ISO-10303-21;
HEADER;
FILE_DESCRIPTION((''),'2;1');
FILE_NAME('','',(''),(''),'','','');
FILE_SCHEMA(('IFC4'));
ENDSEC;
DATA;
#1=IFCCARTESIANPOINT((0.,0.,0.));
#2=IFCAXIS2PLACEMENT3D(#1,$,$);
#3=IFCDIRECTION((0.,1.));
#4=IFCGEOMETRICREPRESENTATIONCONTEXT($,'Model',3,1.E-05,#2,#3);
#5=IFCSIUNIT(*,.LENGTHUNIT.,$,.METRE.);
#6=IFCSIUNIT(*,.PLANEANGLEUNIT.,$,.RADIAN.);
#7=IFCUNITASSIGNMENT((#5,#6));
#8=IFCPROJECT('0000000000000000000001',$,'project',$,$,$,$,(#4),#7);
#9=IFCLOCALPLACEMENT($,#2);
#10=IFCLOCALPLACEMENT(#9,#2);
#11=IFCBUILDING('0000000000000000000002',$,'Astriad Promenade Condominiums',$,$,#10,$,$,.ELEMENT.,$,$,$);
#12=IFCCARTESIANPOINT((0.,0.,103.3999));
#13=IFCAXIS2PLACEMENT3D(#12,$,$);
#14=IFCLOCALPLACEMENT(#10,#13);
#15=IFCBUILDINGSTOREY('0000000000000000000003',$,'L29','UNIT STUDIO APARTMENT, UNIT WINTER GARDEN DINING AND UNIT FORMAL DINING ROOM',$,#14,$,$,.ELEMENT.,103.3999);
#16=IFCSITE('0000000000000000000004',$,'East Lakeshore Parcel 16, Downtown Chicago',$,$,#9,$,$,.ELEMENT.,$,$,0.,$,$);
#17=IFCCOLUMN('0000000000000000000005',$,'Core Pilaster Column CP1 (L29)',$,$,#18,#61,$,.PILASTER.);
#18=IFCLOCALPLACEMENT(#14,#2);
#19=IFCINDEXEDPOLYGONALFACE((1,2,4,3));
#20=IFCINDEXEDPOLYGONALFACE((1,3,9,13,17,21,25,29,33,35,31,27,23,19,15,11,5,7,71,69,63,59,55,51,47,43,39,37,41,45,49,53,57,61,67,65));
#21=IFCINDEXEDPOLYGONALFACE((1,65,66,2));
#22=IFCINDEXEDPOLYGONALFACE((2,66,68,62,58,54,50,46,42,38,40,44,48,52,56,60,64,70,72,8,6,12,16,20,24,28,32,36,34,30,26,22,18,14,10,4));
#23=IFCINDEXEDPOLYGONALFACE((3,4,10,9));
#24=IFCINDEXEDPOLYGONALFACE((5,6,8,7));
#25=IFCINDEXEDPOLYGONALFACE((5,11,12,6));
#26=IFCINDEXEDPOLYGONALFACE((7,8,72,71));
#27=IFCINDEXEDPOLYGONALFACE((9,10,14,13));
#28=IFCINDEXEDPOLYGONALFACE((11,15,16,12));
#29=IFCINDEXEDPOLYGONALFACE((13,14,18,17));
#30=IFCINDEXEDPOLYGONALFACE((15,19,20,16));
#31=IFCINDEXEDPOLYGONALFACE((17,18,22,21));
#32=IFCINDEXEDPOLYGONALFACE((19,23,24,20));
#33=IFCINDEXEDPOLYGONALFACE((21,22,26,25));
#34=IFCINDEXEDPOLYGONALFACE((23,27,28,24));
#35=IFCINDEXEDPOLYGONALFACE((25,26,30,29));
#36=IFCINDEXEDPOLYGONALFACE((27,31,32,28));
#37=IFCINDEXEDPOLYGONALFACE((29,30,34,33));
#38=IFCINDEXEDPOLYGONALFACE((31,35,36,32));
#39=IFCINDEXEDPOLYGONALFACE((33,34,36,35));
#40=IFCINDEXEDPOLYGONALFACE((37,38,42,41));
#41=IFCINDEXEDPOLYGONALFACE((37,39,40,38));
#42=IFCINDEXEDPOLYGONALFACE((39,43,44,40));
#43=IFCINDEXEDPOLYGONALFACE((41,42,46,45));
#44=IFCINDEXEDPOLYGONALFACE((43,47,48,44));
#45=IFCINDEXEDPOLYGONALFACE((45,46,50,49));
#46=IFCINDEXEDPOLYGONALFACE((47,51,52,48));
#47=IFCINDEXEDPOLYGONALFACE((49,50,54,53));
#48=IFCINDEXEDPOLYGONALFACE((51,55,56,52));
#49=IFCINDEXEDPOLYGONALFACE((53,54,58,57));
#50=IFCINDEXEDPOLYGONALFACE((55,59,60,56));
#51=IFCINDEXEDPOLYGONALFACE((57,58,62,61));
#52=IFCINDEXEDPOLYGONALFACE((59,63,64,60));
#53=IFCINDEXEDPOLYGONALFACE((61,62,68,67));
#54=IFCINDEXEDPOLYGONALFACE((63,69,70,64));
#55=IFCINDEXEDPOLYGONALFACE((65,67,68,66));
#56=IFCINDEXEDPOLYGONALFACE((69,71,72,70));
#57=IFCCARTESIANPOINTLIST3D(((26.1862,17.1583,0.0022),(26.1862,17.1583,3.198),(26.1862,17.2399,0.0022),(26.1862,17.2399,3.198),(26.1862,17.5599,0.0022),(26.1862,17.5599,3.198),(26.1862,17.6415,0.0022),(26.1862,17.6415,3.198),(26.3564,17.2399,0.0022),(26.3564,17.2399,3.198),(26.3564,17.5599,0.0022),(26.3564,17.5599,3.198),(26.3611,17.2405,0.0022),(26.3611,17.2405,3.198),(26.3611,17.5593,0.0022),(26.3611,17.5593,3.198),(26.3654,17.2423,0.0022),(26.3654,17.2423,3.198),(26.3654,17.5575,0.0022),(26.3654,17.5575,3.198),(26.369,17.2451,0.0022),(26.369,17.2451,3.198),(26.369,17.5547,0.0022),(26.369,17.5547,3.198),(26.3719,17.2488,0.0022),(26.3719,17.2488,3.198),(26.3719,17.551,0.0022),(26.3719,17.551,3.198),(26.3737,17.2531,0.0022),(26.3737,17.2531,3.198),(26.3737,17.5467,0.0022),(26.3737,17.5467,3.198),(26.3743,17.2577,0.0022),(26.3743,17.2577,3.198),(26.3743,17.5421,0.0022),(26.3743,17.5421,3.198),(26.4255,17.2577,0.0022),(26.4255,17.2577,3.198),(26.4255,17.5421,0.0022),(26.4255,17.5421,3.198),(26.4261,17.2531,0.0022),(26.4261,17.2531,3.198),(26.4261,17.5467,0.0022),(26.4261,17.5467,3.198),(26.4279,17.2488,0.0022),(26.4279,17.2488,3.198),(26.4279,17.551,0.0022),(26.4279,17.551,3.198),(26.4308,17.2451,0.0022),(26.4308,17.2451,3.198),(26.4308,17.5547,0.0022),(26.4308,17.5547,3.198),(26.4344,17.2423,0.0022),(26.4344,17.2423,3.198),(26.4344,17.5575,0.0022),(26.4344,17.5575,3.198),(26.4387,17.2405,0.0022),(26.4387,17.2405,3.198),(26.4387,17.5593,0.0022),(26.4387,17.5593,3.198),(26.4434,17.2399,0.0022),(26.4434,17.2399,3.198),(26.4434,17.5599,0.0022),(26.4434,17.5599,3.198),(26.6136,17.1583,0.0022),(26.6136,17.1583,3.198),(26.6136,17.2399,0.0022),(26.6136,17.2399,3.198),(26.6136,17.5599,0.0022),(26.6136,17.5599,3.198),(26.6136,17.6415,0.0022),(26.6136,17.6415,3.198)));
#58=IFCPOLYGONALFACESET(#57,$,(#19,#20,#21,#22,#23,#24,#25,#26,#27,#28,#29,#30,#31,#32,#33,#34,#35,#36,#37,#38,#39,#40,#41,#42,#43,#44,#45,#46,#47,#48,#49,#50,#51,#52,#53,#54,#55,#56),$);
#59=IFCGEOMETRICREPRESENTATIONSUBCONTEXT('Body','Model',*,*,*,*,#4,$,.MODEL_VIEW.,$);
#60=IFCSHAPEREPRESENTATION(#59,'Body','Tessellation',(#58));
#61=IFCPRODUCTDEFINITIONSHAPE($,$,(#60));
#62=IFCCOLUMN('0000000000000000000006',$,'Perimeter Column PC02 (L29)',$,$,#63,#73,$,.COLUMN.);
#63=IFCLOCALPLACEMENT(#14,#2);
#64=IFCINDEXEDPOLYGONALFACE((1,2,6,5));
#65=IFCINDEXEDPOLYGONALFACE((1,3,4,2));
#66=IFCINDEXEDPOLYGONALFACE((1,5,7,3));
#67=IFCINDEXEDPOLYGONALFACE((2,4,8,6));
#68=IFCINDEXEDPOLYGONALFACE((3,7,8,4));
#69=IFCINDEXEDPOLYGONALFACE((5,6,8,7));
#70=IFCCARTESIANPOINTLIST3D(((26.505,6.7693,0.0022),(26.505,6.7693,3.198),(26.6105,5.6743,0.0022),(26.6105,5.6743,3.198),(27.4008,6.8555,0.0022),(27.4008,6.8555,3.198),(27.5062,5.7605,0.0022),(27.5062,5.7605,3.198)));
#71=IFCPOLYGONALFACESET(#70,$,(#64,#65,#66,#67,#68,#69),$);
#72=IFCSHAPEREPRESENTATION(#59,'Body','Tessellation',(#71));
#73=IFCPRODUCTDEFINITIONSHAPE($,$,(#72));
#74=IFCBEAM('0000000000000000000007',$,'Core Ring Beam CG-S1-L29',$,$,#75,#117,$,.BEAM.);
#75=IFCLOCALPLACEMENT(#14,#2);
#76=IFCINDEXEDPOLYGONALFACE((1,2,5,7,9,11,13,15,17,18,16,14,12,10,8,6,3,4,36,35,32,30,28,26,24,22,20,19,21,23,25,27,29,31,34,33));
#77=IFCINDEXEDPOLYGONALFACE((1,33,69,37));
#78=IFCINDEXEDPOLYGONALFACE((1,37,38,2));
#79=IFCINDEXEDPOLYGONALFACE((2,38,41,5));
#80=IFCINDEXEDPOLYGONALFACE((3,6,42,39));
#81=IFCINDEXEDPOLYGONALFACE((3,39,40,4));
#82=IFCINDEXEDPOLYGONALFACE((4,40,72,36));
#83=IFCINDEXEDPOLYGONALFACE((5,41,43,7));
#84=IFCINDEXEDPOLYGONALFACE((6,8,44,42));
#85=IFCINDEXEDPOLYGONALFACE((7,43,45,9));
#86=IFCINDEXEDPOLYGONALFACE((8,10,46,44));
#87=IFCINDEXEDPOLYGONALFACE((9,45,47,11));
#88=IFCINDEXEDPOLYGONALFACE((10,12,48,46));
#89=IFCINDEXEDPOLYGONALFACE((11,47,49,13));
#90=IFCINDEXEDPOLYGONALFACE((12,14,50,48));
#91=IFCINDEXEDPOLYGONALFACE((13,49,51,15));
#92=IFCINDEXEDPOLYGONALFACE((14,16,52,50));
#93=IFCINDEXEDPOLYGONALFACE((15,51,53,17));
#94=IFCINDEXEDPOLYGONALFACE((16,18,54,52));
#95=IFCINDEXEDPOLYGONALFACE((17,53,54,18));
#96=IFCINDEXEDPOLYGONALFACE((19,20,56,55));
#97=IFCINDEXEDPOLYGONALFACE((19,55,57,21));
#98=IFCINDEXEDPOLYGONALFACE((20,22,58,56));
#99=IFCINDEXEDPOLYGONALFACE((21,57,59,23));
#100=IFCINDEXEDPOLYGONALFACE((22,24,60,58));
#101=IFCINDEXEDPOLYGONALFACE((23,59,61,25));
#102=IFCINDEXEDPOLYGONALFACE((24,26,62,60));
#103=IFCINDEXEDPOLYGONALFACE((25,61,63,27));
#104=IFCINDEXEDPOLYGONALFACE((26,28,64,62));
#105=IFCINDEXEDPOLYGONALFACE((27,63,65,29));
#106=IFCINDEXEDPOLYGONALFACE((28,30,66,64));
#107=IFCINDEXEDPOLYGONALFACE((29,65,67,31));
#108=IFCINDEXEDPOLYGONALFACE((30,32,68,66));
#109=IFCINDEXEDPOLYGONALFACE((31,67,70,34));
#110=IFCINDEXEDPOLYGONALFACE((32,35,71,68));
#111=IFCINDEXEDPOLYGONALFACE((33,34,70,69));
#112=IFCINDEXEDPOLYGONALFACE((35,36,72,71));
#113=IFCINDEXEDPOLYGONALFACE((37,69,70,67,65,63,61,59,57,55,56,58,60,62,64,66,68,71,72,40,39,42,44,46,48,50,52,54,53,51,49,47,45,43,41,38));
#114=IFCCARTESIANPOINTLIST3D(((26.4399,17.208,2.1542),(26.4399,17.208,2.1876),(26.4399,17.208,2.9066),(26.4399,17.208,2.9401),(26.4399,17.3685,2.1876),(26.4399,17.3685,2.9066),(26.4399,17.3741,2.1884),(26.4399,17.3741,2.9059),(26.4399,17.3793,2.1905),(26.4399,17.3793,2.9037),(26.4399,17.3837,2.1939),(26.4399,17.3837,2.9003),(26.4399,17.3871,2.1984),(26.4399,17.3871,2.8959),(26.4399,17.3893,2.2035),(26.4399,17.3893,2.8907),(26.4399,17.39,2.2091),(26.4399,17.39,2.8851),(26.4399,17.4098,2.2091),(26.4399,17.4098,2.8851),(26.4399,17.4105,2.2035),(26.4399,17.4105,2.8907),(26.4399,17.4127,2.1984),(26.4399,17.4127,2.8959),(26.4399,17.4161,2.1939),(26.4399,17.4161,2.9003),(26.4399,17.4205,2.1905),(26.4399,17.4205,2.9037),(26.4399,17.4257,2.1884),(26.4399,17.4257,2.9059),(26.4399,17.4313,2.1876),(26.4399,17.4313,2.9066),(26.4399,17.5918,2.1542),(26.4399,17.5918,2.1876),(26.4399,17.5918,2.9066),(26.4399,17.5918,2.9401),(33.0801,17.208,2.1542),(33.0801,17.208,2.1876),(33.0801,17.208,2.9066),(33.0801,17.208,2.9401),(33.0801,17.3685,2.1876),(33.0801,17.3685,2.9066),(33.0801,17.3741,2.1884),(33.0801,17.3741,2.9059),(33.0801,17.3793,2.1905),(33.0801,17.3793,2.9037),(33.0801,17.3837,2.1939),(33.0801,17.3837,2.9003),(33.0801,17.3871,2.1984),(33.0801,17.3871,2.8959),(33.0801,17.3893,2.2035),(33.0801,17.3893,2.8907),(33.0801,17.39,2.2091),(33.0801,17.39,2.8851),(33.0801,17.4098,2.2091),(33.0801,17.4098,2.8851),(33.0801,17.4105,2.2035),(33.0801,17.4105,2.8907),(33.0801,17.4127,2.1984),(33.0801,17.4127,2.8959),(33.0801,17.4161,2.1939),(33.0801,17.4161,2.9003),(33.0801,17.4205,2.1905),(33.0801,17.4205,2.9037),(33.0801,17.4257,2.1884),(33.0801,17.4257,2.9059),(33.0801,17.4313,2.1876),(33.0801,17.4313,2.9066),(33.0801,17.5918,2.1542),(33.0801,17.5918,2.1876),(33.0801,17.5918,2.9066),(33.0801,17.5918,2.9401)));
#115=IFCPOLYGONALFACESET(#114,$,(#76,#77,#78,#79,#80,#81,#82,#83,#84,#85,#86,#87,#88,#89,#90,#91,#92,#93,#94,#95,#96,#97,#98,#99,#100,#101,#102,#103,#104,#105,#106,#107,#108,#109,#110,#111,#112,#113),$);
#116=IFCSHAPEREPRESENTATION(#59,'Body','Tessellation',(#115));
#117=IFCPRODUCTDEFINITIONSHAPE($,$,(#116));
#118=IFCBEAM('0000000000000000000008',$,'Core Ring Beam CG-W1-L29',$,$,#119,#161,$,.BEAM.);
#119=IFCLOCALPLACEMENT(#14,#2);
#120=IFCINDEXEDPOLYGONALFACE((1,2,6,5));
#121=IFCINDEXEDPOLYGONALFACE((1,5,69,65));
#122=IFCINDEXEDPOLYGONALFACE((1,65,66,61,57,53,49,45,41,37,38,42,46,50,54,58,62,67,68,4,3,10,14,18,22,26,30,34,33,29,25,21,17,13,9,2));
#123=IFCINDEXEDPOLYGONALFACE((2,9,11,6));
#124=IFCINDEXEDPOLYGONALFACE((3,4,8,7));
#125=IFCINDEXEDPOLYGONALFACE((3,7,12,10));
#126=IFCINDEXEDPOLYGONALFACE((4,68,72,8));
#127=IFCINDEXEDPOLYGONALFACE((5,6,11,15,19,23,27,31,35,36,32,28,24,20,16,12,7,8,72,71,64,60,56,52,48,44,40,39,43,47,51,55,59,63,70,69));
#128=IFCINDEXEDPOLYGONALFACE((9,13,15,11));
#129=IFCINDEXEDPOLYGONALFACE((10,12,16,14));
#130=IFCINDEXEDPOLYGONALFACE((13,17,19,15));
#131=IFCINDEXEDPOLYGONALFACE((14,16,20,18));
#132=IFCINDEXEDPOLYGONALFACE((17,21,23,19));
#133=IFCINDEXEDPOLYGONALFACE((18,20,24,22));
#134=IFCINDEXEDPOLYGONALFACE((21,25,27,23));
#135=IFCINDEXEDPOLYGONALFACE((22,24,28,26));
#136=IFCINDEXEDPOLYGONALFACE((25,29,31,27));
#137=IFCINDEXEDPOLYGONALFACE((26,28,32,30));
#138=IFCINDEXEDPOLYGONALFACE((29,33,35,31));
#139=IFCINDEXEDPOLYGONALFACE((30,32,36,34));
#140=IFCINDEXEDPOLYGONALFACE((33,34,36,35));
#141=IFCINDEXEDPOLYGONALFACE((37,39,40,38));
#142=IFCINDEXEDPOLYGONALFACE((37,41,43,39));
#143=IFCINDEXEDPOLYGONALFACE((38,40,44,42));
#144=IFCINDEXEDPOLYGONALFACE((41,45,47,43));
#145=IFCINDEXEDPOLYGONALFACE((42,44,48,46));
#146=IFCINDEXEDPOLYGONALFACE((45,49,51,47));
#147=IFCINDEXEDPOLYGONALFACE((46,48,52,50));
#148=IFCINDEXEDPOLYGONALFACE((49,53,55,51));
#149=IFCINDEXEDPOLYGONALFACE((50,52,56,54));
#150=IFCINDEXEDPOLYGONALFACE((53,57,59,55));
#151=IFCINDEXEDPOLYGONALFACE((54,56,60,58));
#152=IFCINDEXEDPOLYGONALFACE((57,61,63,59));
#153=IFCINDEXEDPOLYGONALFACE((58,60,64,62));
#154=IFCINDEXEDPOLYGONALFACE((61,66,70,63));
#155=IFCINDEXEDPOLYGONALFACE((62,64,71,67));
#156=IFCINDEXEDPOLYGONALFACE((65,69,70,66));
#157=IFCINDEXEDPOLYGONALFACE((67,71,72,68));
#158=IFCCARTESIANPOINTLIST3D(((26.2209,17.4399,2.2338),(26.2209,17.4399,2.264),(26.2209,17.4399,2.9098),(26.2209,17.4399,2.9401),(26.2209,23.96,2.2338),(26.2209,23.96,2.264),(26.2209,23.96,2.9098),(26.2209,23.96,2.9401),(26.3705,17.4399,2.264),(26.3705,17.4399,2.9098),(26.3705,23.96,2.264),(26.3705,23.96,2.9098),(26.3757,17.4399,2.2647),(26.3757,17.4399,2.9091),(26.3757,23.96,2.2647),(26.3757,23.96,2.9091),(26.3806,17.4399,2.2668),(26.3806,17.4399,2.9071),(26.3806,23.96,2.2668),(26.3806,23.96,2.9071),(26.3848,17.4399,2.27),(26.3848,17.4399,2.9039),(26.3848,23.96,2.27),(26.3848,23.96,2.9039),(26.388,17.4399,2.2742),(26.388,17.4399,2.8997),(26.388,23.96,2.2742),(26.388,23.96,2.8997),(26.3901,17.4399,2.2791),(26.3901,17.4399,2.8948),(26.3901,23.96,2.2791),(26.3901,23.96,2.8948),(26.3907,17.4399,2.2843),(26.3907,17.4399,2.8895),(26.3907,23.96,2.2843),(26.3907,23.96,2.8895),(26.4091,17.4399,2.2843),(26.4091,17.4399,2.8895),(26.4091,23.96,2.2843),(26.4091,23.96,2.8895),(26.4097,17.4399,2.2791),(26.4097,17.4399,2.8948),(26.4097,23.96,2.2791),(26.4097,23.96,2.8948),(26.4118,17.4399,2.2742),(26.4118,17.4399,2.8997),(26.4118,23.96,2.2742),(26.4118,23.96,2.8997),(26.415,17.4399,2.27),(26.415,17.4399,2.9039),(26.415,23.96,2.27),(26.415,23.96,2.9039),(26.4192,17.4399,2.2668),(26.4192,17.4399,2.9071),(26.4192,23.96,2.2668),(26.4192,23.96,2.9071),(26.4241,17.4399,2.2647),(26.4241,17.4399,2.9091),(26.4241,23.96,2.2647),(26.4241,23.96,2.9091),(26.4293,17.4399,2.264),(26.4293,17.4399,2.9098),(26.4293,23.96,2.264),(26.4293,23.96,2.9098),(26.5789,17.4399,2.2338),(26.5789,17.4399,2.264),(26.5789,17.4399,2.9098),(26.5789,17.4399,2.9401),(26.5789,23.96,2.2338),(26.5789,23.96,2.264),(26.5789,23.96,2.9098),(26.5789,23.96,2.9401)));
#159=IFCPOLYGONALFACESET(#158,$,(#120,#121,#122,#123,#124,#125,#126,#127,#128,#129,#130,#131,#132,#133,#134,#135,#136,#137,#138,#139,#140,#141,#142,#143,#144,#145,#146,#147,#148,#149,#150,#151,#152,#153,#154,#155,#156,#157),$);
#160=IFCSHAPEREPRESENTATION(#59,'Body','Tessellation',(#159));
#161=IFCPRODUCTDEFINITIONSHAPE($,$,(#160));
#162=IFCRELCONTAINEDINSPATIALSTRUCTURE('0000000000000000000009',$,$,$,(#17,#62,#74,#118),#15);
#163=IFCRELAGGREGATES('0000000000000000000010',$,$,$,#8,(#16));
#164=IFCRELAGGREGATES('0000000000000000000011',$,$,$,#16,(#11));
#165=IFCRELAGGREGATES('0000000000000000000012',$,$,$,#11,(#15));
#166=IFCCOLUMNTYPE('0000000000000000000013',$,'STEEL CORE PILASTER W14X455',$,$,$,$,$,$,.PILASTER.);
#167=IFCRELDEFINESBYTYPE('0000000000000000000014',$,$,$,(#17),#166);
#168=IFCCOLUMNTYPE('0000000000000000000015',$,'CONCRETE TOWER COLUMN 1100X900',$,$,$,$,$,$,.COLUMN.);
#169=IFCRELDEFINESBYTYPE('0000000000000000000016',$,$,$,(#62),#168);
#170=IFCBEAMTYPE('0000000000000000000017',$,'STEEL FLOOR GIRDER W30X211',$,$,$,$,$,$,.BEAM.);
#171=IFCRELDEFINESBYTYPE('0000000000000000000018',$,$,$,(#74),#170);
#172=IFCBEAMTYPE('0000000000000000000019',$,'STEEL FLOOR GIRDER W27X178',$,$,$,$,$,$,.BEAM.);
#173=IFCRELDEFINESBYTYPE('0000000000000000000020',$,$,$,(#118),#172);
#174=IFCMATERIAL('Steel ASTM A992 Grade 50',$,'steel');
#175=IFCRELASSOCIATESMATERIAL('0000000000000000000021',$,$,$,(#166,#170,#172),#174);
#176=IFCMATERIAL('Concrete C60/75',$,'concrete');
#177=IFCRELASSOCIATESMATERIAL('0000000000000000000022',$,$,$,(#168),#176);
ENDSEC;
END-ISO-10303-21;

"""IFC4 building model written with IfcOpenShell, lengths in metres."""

from ifc_helpers import new_model, si_unit, direction, frame, origin, origin_2d, place, context, subcontext, project, spatial, rectangle, i_section, extrude, source, transform, mapped, material, material_profile, profile_set, type_object, type_shapes, element, save


model = new_model("IFC4")

# Units and contexts
model_context = context("Model", 3, precision=1e-05, world=origin(), true_north=direction((0.0, 1.0)))
body_context = subcontext(model_context, "Body", "Model", "MODEL_VIEW")
ifc_project = project(units=[si_unit("LENGTHUNIT", "METRE"), si_unit("PLANEANGLEUNIT", "RADIAN")], contexts=[model_context])

# Site, building, storey
site_placement = place(None, origin())
site = spatial("IfcSite", under=ifc_project, at=site_placement, Name="East Lakeshore Parcel 16, Downtown Chicago", CompositionType="ELEMENT", RefElevation=0.0)
building_placement = place(site_placement, origin())
building = spatial("IfcBuilding", under=site, at=building_placement, Name="Astriad Promenade Condominiums", CompositionType="ELEMENT")
storey_placement = place(building_placement, frame((0.0, 0.0, 103.3999)))
storey = spatial("IfcBuildingStorey", under=building, at=storey_placement, Name="L29", Description="UNIT STUDIO APARTMENT, UNIT WINTER GARDEN DINING AND UNIT FORMAL DINING ROOM", CompositionType="ELEMENT", Elevation=103.3999)

# Columns
ifc_material_1 = material(Name="Steel ASTM A992 Grade 50", Category="steel")
ifc_material_profile_1 = material_profile(ifc_material_1, i_section(OverallWidth=0.4275, OverallDepth=0.4832, WebThickness=0.0513, FlangeThickness=0.0815, FilletRadius=0.0178, at=origin_2d()), Name="W14X455")
ifc_profile_set_1 = profile_set([ifc_material_profile_1], Name="Steel ASTM A992 Grade 50")
column_type_1 = type_object("IfcColumnType", Name="STEEL CORE PILASTER W14X455", PredefinedType="PILASTER", material=ifc_profile_set_1)
shared_shape_1 = source(origin(), body_context, "Body", "SweptSolid", [
    extrude(i_section(OverallWidth=0.4275, OverallDepth=0.4832, WebThickness=0.0513, FlangeThickness=0.0815, FilletRadius=0.0178, at=origin_2d()), origin(), (0.0, 0.0, 1.0), 3.1958),
])
type_shapes(column_type_1, [shared_shape_1])
column_1_placement = place(storey_placement, frame((26.3999, 17.3999, 0.0022), z_axis=(0.0, 0.0, 1.0), x_axis=(1.0, 0.0, 0.0)))
element("IfcColumn", 1, at=column_1_placement, inside=storey, type_object=column_type_1, Name="Core Pilaster Column CP1 (L29)", PredefinedType="PILASTER", context=body_context, shape_type="MappedRepresentation", body=[
    mapped(shared_shape_1, transform((0.0, 0.0, 0.0), scale=1.0)),
])
ifc_material_2 = material(Name="Concrete C60/75", Category="concrete")
ifc_material_profile_2 = material_profile(ifc_material_2, rectangle(XDim=0.8999, YDim=1.1001, at=origin_2d()), Name="RC-COL-1100X900")
ifc_profile_set_2 = profile_set([ifc_material_profile_2], Name="Concrete C60/75")
column_type_2 = type_object("IfcColumnType", Name="CONCRETE TOWER COLUMN 1100X900", PredefinedType="COLUMN", material=ifc_profile_set_2)
shared_shape_2 = source(origin(), body_context, "Body", "SweptSolid", [
    extrude(rectangle(XDim=0.8999, YDim=1.1001, at=origin_2d()), origin(), (0.0, 0.0, 1.0), 3.1958),
])
type_shapes(column_type_2, [shared_shape_2])
column_2_placement = place(storey_placement, frame((27.0056, 6.2649, 0.0022), z_axis=(0.0, 0.0, 1.0), x_axis=(0.995396, 0.095846, 0.0)))
element("IfcColumn", 2, at=column_2_placement, inside=storey, type_object=column_type_2, Name="Perimeter Column PC02 (L29)", PredefinedType="COLUMN", context=body_context, shape_type="MappedRepresentation", body=[
    mapped(shared_shape_2, transform((0.0, 0.0, 0.0), scale=1.0)),
])

# Beams
ifc_material_profile_3 = material_profile(ifc_material_1, i_section(OverallWidth=0.3838, OverallDepth=0.7859, WebThickness=0.0198, FlangeThickness=0.0334, FilletRadius=0.0215, at=origin_2d()), Name="W30X211")
ifc_profile_set_3 = profile_set([ifc_material_profile_3], Name="Steel ASTM A992 Grade 50")
beam_type_1 = type_object("IfcBeamType", Name="STEEL FLOOR GIRDER W30X211", PredefinedType="BEAM", material=ifc_profile_set_3)
shared_shape_3 = source(origin(), body_context, "Body", "SweptSolid", [
    extrude(i_section(OverallWidth=0.3838, OverallDepth=0.7859, WebThickness=0.0198, FlangeThickness=0.0334, FilletRadius=0.0215, at=origin_2d()), origin(), (0.0, 0.0, 1.0), 6.6401),
])
type_shapes(beam_type_1, [shared_shape_3])
beam_1_placement = place(storey_placement, frame((26.4399, 17.3999, 2.5471), z_axis=(1.0, 0.0, 0.0), x_axis=(0.0, 1.0, 0.0)))
element("IfcBeam", 3, at=beam_1_placement, inside=storey, type_object=beam_type_1, Name="Core Ring Beam CG-S1-L29", PredefinedType="BEAM", context=body_context, shape_type="MappedRepresentation", body=[
    mapped(shared_shape_3, transform((0.0, 0.0, 0.0), scale=1.0)),
])
ifc_material_profile_4 = material_profile(ifc_material_1, i_section(OverallWidth=0.3579, OverallDepth=0.7063, WebThickness=0.0183, FlangeThickness=0.0303, FilletRadius=0.0203, at=origin_2d()), Name="W27X178")
ifc_profile_set_4 = profile_set([ifc_material_profile_4], Name="Steel ASTM A992 Grade 50")
beam_type_2 = type_object("IfcBeamType", Name="STEEL FLOOR GIRDER W27X178", PredefinedType="BEAM", material=ifc_profile_set_4)
shared_shape_4 = source(origin(), body_context, "Body", "SweptSolid", [
    extrude(i_section(OverallWidth=0.3579, OverallDepth=0.7063, WebThickness=0.0183, FlangeThickness=0.0303, FilletRadius=0.0203, at=origin_2d()), origin(), (0.0, 0.0, 1.0), 6.52),
])
beam_2_placement = place(storey_placement, frame((26.3999, 17.4399, 2.5869), z_axis=(0.0, 1.0, 0.0), x_axis=(-1.0, 0.0, 0.0)))
element("IfcBeam", 4, at=beam_2_placement, inside=storey, type_object=beam_type_2, Name="Core Ring Beam CG-W1-L29", PredefinedType="BEAM", context=body_context, shape_type="MappedRepresentation", body=[
    mapped(shared_shape_4, transform((0.0, 0.0, 0.0), scale=1.0)),
])

save(model, "model.ifc")
